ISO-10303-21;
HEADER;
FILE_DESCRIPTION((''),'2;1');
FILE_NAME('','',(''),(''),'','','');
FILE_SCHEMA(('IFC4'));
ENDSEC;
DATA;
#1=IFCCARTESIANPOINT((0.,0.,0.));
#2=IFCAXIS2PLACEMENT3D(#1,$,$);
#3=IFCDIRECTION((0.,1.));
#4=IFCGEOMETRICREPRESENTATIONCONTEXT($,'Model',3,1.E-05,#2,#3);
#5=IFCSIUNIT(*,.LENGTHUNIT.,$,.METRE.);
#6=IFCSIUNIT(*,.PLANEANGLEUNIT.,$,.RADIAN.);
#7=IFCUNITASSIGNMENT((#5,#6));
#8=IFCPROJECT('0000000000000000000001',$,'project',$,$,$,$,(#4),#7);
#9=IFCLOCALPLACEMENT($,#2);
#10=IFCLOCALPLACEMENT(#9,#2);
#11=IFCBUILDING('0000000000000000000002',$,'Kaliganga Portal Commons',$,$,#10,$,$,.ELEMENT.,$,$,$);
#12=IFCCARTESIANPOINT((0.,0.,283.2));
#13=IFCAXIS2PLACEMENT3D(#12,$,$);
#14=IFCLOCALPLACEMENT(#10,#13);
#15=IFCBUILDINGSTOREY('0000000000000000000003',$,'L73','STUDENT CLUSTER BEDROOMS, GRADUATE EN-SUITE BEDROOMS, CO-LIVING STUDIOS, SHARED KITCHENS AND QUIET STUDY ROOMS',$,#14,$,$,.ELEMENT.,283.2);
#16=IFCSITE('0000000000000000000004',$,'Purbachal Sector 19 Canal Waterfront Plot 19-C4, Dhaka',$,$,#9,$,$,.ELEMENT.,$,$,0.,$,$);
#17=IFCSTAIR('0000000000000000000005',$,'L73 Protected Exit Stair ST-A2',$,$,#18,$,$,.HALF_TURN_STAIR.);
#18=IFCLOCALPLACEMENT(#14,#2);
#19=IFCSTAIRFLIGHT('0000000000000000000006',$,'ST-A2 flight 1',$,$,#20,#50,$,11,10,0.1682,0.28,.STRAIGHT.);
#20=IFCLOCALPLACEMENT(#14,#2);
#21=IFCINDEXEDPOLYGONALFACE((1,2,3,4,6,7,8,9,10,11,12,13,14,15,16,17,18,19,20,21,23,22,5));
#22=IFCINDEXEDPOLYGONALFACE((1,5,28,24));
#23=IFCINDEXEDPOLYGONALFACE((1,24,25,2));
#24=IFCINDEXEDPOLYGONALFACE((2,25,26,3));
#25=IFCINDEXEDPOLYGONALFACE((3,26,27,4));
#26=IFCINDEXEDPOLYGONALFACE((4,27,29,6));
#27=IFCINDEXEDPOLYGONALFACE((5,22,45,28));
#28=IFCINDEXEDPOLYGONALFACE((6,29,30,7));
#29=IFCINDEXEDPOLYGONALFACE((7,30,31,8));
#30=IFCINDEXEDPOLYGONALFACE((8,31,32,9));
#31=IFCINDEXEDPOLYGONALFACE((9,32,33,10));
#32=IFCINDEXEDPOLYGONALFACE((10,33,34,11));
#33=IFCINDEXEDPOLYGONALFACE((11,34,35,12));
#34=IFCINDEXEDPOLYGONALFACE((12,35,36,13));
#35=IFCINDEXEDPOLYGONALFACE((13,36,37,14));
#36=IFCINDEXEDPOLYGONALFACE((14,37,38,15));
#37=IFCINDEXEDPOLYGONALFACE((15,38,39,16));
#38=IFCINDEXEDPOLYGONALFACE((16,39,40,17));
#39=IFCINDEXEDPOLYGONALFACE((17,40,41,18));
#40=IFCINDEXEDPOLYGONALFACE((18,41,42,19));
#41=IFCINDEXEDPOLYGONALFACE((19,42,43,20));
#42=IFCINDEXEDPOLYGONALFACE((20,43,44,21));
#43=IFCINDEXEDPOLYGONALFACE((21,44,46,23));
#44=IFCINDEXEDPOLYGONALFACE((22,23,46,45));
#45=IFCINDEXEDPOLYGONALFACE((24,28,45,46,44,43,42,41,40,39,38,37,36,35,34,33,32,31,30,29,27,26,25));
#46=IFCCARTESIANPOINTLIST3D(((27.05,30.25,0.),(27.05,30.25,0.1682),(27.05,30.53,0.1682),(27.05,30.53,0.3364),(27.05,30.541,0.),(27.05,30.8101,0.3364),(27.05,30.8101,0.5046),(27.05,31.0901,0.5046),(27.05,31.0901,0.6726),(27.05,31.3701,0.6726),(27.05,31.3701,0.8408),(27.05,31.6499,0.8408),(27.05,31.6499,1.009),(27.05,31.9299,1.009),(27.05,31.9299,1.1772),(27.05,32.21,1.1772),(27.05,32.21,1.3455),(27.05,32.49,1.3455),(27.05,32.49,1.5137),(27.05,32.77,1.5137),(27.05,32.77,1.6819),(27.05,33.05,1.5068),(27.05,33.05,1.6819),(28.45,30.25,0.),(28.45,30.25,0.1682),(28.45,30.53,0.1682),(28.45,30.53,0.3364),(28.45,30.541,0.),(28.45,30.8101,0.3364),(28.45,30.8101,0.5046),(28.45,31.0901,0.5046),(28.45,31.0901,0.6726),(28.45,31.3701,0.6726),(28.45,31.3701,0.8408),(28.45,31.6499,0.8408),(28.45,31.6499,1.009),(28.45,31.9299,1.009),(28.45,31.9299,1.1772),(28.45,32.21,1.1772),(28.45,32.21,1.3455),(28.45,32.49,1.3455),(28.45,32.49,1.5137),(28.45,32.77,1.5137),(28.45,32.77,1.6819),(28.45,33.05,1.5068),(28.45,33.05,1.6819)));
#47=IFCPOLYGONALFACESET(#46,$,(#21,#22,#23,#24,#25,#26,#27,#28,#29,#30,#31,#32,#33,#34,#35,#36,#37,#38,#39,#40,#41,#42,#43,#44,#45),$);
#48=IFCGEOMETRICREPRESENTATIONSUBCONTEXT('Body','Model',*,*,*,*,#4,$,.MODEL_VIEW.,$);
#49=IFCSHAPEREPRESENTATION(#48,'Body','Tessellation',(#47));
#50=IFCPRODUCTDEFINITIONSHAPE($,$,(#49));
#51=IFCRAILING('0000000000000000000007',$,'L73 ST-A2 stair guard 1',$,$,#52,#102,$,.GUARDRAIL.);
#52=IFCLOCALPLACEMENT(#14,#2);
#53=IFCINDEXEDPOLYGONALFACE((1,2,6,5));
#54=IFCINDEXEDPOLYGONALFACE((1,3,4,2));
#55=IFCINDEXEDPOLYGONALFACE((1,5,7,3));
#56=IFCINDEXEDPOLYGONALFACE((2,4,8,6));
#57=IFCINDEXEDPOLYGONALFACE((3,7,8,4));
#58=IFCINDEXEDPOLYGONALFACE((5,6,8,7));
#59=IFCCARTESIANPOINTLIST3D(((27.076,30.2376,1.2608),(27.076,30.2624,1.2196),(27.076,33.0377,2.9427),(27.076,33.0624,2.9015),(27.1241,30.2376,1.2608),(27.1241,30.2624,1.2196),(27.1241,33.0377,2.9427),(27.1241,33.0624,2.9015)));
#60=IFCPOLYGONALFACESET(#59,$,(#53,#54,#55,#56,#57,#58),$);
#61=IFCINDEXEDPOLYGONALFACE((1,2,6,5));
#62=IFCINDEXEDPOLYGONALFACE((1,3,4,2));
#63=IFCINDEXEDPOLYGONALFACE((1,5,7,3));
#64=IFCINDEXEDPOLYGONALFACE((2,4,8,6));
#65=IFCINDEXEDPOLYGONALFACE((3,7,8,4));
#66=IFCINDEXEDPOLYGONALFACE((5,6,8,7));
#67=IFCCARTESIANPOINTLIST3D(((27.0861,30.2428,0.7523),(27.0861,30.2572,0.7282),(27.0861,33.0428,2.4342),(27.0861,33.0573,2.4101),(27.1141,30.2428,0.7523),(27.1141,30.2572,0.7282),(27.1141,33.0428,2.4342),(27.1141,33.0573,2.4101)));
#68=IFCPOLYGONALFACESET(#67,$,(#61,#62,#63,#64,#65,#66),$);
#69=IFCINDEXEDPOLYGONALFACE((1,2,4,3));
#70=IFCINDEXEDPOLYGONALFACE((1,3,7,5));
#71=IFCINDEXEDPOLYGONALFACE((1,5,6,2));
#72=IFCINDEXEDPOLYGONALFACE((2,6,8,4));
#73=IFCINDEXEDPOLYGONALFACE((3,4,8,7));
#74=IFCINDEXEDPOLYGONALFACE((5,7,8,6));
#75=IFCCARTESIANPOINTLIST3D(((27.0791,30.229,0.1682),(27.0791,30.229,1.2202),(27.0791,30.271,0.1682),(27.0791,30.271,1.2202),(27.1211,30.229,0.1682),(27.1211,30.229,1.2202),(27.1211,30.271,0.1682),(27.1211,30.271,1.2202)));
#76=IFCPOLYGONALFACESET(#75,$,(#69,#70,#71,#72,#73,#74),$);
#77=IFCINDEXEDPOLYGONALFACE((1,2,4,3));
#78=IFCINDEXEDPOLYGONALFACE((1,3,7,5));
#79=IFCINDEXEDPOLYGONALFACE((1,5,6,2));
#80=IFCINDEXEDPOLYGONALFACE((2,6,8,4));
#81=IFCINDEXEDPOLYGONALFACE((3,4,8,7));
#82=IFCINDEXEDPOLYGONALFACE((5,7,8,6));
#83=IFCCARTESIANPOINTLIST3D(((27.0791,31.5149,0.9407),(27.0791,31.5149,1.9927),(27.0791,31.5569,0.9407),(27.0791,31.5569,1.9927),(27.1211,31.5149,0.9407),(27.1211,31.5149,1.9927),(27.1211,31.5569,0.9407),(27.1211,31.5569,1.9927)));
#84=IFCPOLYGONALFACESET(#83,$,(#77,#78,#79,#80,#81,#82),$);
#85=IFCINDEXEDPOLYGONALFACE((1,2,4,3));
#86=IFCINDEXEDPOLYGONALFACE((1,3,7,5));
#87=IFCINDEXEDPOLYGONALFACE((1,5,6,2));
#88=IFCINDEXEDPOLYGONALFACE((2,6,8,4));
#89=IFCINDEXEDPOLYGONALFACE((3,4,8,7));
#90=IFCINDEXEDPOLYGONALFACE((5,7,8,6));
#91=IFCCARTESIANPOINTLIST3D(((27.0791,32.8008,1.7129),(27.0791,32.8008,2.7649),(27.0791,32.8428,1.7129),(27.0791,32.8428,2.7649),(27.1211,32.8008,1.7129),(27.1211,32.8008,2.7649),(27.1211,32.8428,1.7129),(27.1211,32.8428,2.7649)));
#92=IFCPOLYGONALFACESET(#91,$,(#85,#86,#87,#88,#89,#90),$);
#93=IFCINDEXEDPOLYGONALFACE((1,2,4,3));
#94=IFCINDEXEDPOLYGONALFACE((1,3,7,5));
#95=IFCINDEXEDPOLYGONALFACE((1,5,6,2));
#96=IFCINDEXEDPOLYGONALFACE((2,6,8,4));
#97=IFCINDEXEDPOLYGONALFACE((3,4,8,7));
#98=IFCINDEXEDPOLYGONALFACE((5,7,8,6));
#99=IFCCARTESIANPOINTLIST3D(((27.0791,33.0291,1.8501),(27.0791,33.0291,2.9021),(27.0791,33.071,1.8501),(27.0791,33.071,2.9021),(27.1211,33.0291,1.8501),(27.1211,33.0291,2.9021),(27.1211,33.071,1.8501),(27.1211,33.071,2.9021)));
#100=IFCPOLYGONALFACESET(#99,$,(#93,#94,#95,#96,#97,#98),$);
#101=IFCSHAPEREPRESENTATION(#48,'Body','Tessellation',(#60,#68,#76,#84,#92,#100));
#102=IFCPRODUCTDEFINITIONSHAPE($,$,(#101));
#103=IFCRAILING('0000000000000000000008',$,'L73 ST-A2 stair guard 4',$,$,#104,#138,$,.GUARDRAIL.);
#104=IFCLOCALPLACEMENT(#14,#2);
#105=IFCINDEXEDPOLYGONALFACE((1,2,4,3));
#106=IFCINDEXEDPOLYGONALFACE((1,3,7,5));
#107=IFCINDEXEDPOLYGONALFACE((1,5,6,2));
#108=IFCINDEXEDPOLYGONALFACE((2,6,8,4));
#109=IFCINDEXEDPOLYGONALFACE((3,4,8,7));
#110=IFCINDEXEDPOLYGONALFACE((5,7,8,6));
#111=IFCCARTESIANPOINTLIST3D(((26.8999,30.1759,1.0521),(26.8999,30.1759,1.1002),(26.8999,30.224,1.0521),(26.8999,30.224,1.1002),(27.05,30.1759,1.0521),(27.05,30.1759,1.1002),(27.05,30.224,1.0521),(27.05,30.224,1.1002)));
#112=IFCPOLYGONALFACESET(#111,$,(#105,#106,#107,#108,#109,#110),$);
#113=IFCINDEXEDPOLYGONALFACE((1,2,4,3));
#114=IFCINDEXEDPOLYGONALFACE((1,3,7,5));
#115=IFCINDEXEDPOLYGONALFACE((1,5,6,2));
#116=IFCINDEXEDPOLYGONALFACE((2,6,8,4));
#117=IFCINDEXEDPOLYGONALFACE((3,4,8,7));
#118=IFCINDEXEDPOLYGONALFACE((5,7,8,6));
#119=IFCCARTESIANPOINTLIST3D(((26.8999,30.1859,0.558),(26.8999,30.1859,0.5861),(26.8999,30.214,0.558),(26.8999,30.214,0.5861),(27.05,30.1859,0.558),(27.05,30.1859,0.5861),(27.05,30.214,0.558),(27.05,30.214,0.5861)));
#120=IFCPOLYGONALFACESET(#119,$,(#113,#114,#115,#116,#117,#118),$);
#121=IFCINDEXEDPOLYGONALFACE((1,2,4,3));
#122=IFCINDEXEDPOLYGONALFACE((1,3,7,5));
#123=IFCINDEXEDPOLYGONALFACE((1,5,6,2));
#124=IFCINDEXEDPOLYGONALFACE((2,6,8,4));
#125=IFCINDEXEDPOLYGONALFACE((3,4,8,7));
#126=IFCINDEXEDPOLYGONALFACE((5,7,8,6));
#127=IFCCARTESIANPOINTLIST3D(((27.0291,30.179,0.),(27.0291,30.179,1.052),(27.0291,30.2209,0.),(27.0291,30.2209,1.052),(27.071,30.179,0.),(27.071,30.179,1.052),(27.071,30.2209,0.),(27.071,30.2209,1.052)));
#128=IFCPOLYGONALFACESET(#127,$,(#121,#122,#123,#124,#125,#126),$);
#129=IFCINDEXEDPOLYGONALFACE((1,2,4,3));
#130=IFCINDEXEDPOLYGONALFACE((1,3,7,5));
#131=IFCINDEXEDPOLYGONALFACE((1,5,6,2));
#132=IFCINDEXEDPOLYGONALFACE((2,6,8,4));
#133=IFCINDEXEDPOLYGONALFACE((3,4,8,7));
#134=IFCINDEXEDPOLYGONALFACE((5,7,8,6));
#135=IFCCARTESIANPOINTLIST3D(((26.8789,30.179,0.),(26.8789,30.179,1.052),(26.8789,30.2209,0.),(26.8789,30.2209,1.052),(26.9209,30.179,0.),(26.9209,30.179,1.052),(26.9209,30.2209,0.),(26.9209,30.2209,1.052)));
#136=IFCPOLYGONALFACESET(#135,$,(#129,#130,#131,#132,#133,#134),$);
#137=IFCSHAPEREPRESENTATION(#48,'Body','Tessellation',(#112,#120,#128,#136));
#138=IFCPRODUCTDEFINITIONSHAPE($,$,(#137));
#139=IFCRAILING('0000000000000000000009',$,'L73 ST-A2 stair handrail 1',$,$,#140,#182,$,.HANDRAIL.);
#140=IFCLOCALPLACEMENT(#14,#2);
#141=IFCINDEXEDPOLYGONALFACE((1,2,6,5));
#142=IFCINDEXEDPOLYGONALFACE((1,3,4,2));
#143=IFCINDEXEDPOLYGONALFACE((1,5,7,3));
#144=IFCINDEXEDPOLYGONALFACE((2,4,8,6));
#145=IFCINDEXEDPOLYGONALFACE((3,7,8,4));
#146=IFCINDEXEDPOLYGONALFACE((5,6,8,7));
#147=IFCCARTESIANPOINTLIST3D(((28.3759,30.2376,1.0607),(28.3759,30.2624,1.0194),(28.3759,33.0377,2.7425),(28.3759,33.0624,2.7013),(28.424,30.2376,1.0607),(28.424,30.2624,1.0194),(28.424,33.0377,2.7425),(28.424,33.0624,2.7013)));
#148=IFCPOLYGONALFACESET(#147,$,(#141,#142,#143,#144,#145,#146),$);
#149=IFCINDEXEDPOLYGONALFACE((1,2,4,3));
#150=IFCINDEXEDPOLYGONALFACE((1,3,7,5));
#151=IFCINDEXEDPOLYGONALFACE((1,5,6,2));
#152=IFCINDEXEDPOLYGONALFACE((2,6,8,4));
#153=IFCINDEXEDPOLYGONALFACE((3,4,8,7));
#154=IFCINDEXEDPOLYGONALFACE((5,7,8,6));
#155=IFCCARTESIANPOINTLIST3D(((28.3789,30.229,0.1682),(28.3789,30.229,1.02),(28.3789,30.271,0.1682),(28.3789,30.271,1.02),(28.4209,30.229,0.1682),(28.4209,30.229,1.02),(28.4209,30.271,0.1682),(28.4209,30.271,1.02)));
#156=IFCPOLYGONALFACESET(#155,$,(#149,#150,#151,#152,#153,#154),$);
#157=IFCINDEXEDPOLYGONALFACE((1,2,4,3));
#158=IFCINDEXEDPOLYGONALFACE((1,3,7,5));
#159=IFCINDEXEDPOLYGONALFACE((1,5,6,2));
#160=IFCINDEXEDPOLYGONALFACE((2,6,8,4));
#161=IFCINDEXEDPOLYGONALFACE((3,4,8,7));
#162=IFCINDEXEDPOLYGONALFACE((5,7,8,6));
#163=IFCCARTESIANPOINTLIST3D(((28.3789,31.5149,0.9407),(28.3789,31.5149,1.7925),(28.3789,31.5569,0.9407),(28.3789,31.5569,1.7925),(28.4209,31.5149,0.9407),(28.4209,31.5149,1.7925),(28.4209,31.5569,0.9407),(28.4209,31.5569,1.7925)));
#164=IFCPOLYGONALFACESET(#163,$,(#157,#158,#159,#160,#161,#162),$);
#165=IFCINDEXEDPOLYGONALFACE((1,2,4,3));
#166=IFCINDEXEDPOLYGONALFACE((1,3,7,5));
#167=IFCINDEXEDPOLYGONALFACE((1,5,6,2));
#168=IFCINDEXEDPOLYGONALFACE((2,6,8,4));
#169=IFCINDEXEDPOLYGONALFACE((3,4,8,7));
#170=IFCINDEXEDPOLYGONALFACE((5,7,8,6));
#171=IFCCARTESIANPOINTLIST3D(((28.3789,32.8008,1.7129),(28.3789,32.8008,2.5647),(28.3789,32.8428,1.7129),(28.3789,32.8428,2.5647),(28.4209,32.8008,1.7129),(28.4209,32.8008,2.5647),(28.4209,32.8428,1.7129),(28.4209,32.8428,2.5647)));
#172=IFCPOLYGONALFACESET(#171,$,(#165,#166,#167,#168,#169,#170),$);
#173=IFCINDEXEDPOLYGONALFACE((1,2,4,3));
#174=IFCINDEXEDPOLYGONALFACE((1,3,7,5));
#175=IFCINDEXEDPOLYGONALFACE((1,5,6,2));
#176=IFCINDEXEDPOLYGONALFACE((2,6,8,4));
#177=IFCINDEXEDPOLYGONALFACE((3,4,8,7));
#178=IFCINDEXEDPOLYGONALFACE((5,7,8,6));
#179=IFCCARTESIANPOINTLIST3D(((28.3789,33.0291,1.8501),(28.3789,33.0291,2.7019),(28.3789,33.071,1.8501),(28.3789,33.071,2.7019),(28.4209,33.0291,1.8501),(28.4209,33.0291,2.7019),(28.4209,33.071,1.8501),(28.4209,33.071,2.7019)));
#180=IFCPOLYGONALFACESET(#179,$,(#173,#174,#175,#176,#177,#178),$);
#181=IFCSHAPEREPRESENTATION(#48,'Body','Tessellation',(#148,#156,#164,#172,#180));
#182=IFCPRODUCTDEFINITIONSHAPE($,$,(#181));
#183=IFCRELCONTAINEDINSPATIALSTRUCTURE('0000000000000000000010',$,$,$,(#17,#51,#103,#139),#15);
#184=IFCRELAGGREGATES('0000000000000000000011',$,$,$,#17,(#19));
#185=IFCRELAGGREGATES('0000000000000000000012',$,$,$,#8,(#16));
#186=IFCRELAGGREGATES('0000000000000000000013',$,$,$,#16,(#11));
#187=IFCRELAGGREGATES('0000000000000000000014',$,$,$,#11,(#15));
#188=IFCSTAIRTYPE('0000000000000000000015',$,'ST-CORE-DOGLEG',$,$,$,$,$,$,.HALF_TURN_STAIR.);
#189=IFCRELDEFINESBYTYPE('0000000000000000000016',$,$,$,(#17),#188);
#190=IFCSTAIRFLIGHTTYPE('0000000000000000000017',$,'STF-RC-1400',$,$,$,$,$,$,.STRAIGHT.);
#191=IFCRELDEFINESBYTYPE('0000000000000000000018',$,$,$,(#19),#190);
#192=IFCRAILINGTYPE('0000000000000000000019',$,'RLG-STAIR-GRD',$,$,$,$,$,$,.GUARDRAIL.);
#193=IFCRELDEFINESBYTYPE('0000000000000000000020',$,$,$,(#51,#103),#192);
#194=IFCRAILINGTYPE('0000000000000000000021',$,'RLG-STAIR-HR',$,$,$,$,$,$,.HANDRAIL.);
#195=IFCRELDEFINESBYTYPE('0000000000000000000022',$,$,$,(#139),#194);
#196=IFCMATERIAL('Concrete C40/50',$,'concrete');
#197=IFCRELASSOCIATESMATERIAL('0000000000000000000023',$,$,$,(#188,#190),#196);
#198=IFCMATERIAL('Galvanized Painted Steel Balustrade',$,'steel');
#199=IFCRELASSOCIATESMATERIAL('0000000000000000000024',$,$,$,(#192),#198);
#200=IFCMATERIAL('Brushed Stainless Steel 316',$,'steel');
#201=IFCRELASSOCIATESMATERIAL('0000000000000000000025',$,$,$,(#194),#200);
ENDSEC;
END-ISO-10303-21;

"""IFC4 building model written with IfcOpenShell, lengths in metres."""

from ifc_helpers import new_model, si_unit, direction, frame, origin, origin_2d, place, context, subcontext, project, spatial, polyline, rectangle, outline, extrude, material, type_object, element, aggregate, save


model = new_model("IFC4")

# Units and contexts
model_context = context("Model", 3, precision=1e-05, world=origin(), true_north=direction((0.0, 1.0)))
body_context = subcontext(model_context, "Body", "Model", "MODEL_VIEW")
ifc_project = project(units=[si_unit("LENGTHUNIT", "METRE"), si_unit("PLANEANGLEUNIT", "RADIAN")], contexts=[model_context])

# Site, building, storey
site_placement = place(None, origin())
site = spatial("IfcSite", under=ifc_project, at=site_placement, Name="Purbachal Sector 19 Canal Waterfront Plot 19-C4, Dhaka", CompositionType="ELEMENT", RefElevation=0.0)
building_placement = place(site_placement, origin())
building = spatial("IfcBuilding", under=site, at=building_placement, Name="Kaliganga Portal Commons", CompositionType="ELEMENT")
storey_placement = place(building_placement, frame((0.0, 0.0, 283.2)))
storey = spatial("IfcBuildingStorey", under=building, at=storey_placement, Name="L73", Description="STUDENT CLUSTER BEDROOMS, GRADUATE EN-SUITE BEDROOMS, CO-LIVING STUDIOS, SHARED KITCHENS AND QUIET STUDY ROOMS", CompositionType="ELEMENT", Elevation=283.2)

# Stair, stair flight
ifc_material_1 = material(Name="Concrete C40/50", Category="concrete")
stair_type = type_object("IfcStairType", Name="ST-CORE-DOGLEG", PredefinedType="HALF_TURN_STAIR", material=ifc_material_1)
stair_placement = place(storey_placement, origin())
stair = element("IfcStair", 1, at=stair_placement, inside=storey, type_object=stair_type, Name="L73 Protected Exit Stair ST-A2", PredefinedType="HALF_TURN_STAIR")
stair_flight_type = type_object("IfcStairFlightType", Name="STF-RC-1400", PredefinedType="STRAIGHT", material=ifc_material_1)
stair_flight_placement = place(storey_placement, frame((27.75, 30.25, 0.0), z_axis=(0.0, 0.0, 1.0), x_axis=(0.0, 1.0, 0.0)))
stair_flight = element("IfcStairFlight", 2, at=stair_flight_placement, type_object=stair_flight_type, Name="ST-A2 flight 1", NumberOfRisers=11, NumberOfTreads=10, PredefinedType="STRAIGHT", RiserHeight=0.1682, TreadLength=0.28, context=body_context, shape_type="SweptSolid", body=[
    extrude(outline(polyline([(0.0, 0.0), (0.0, 0.1682), (0.28, 0.1682), (0.28, 0.3364), (0.5601, 0.3364), (0.5601, 0.5046), (0.8401, 0.5046), (0.8401, 0.6726), (1.1201, 0.6726), (1.1201, 0.8408), (1.3999, 0.8408), (1.3999, 1.009), (1.6799, 1.009), (1.6799, 1.1772), (1.96, 1.1772), (1.96, 1.3455), (2.24, 1.3455), (2.24, 1.5137), (2.52, 1.5137), (2.52, 1.6819), (2.8, 1.6819), (2.8, 1.8501), (2.8, 1.5068), (0.291, 0.0), (0.0, 0.0)])), frame((0.0, 0.7, 0.0), z_axis=(0.0, -1.0, 0.0), x_axis=(1.0, 0.0, 0.0)), (0.0, 0.0, 1.0), 1.3999),
])
aggregate(stair, [stair_flight])

# Railings
ifc_material_2 = material(Name="Galvanized Painted Steel Balustrade", Category="steel")
railing_type_1 = type_object("IfcRailingType", Name="RLG-STAIR-GRD", PredefinedType="GUARDRAIL", material=ifc_material_2)
railing_1_placement = place(storey_placement, frame((27.1001, 30.25, 0.1682)))
element("IfcRailing", 3, at=railing_1_placement, inside=storey, type_object=railing_type_1, Name="L73 ST-A2 stair guard 1", PredefinedType="GUARDRAIL", context=body_context, shape_type="SweptSolid", body=[
    extrude(rectangle(XDim=0.0481, YDim=0.0481, at=origin_2d()), frame((0.0, 0.0, 1.072), z_axis=(0.0, 0.857242, 0.514913), x_axis=(-1.0, 0.0, 0.0)), (0.0, 0.0, 1.0), 3.2664),
    extrude(rectangle(XDim=0.0281, YDim=0.0281, at=origin_2d()), frame((0.0, 0.0, 0.572), z_axis=(0.0, 0.857242, 0.514913), x_axis=(-1.0, 0.0, 0.0)), (0.0, 0.0, 1.0), 3.2664),
    extrude(rectangle(XDim=0.042, YDim=0.042, at=origin_2d()), origin(), (0.0, 0.0, 1.0), 1.052),
    extrude(rectangle(XDim=0.042, YDim=0.042, at=origin_2d()), frame((0.0, 1.2859, 0.7725)), (0.0, 0.0, 1.0), 1.052),
    extrude(rectangle(XDim=0.042, YDim=0.042, at=origin_2d()), frame((0.0, 2.5718, 1.5447)), (0.0, 0.0, 1.0), 1.052),
    extrude(rectangle(XDim=0.042, YDim=0.042, at=origin_2d()), frame((0.0, 2.8, 1.6819)), (0.0, 0.0, 1.0), 1.052),
])
railing_2_placement = place(storey_placement, frame((27.05, 30.2, 0.0)))
element("IfcRailing", 4, at=railing_2_placement, inside=storey, type_object=railing_type_1, Name="L73 ST-A2 stair guard 4", PredefinedType="GUARDRAIL", context=body_context, shape_type="SweptSolid", body=[
    extrude(rectangle(XDim=0.0481, YDim=0.0481, at=origin_2d()), frame((0.0, 0.0, 1.0762), z_axis=(-1.0, 0.0, 0.0), x_axis=(0.0, -1.0, 0.0)), (0.0, 0.0, 1.0), 0.1501),
    extrude(rectangle(XDim=0.0281, YDim=0.0281, at=origin_2d()), frame((0.0, 0.0, 0.572), z_axis=(-1.0, 0.0, 0.0), x_axis=(0.0, -1.0, 0.0)), (0.0, 0.0, 1.0), 0.1501),
    extrude(rectangle(XDim=0.042, YDim=0.042, at=origin_2d()), origin(), (0.0, 0.0, 1.0), 1.052),
    extrude(rectangle(XDim=0.042, YDim=0.042, at=origin_2d()), frame((-0.1501, 0.0, 0.0)), (0.0, 0.0, 1.0), 1.052),
])
ifc_material_3 = material(Name="Brushed Stainless Steel 316", Category="steel")
railing_type_2 = type_object("IfcRailingType", Name="RLG-STAIR-HR", PredefinedType="HANDRAIL", material=ifc_material_3)
railing_3_placement = place(storey_placement, frame((28.3999, 30.25, 0.1682)))
element("IfcRailing", 5, at=railing_3_placement, inside=storey, type_object=railing_type_2, Name="L73 ST-A2 stair handrail 1", PredefinedType="HANDRAIL", context=body_context, shape_type="SweptSolid", body=[
    extrude(rectangle(XDim=0.0481, YDim=0.0481, at=origin_2d()), frame((0.0, 0.0, 0.8718), z_axis=(0.0, 0.857242, 0.514913), x_axis=(-1.0, 0.0, 0.0)), (0.0, 0.0, 1.0), 3.2664),
    extrude(rectangle(XDim=0.042, YDim=0.042, at=origin_2d()), origin(), (0.0, 0.0, 1.0), 0.8518),
    extrude(rectangle(XDim=0.042, YDim=0.042, at=origin_2d()), frame((0.0, 1.2859, 0.7725)), (0.0, 0.0, 1.0), 0.8518),
    extrude(rectangle(XDim=0.042, YDim=0.042, at=origin_2d()), frame((0.0, 2.5718, 1.5447)), (0.0, 0.0, 1.0), 0.8518),
    extrude(rectangle(XDim=0.042, YDim=0.042, at=origin_2d()), frame((0.0, 2.8, 1.6819)), (0.0, 0.0, 1.0), 0.8518),
])

save(model, "model.ifc")
